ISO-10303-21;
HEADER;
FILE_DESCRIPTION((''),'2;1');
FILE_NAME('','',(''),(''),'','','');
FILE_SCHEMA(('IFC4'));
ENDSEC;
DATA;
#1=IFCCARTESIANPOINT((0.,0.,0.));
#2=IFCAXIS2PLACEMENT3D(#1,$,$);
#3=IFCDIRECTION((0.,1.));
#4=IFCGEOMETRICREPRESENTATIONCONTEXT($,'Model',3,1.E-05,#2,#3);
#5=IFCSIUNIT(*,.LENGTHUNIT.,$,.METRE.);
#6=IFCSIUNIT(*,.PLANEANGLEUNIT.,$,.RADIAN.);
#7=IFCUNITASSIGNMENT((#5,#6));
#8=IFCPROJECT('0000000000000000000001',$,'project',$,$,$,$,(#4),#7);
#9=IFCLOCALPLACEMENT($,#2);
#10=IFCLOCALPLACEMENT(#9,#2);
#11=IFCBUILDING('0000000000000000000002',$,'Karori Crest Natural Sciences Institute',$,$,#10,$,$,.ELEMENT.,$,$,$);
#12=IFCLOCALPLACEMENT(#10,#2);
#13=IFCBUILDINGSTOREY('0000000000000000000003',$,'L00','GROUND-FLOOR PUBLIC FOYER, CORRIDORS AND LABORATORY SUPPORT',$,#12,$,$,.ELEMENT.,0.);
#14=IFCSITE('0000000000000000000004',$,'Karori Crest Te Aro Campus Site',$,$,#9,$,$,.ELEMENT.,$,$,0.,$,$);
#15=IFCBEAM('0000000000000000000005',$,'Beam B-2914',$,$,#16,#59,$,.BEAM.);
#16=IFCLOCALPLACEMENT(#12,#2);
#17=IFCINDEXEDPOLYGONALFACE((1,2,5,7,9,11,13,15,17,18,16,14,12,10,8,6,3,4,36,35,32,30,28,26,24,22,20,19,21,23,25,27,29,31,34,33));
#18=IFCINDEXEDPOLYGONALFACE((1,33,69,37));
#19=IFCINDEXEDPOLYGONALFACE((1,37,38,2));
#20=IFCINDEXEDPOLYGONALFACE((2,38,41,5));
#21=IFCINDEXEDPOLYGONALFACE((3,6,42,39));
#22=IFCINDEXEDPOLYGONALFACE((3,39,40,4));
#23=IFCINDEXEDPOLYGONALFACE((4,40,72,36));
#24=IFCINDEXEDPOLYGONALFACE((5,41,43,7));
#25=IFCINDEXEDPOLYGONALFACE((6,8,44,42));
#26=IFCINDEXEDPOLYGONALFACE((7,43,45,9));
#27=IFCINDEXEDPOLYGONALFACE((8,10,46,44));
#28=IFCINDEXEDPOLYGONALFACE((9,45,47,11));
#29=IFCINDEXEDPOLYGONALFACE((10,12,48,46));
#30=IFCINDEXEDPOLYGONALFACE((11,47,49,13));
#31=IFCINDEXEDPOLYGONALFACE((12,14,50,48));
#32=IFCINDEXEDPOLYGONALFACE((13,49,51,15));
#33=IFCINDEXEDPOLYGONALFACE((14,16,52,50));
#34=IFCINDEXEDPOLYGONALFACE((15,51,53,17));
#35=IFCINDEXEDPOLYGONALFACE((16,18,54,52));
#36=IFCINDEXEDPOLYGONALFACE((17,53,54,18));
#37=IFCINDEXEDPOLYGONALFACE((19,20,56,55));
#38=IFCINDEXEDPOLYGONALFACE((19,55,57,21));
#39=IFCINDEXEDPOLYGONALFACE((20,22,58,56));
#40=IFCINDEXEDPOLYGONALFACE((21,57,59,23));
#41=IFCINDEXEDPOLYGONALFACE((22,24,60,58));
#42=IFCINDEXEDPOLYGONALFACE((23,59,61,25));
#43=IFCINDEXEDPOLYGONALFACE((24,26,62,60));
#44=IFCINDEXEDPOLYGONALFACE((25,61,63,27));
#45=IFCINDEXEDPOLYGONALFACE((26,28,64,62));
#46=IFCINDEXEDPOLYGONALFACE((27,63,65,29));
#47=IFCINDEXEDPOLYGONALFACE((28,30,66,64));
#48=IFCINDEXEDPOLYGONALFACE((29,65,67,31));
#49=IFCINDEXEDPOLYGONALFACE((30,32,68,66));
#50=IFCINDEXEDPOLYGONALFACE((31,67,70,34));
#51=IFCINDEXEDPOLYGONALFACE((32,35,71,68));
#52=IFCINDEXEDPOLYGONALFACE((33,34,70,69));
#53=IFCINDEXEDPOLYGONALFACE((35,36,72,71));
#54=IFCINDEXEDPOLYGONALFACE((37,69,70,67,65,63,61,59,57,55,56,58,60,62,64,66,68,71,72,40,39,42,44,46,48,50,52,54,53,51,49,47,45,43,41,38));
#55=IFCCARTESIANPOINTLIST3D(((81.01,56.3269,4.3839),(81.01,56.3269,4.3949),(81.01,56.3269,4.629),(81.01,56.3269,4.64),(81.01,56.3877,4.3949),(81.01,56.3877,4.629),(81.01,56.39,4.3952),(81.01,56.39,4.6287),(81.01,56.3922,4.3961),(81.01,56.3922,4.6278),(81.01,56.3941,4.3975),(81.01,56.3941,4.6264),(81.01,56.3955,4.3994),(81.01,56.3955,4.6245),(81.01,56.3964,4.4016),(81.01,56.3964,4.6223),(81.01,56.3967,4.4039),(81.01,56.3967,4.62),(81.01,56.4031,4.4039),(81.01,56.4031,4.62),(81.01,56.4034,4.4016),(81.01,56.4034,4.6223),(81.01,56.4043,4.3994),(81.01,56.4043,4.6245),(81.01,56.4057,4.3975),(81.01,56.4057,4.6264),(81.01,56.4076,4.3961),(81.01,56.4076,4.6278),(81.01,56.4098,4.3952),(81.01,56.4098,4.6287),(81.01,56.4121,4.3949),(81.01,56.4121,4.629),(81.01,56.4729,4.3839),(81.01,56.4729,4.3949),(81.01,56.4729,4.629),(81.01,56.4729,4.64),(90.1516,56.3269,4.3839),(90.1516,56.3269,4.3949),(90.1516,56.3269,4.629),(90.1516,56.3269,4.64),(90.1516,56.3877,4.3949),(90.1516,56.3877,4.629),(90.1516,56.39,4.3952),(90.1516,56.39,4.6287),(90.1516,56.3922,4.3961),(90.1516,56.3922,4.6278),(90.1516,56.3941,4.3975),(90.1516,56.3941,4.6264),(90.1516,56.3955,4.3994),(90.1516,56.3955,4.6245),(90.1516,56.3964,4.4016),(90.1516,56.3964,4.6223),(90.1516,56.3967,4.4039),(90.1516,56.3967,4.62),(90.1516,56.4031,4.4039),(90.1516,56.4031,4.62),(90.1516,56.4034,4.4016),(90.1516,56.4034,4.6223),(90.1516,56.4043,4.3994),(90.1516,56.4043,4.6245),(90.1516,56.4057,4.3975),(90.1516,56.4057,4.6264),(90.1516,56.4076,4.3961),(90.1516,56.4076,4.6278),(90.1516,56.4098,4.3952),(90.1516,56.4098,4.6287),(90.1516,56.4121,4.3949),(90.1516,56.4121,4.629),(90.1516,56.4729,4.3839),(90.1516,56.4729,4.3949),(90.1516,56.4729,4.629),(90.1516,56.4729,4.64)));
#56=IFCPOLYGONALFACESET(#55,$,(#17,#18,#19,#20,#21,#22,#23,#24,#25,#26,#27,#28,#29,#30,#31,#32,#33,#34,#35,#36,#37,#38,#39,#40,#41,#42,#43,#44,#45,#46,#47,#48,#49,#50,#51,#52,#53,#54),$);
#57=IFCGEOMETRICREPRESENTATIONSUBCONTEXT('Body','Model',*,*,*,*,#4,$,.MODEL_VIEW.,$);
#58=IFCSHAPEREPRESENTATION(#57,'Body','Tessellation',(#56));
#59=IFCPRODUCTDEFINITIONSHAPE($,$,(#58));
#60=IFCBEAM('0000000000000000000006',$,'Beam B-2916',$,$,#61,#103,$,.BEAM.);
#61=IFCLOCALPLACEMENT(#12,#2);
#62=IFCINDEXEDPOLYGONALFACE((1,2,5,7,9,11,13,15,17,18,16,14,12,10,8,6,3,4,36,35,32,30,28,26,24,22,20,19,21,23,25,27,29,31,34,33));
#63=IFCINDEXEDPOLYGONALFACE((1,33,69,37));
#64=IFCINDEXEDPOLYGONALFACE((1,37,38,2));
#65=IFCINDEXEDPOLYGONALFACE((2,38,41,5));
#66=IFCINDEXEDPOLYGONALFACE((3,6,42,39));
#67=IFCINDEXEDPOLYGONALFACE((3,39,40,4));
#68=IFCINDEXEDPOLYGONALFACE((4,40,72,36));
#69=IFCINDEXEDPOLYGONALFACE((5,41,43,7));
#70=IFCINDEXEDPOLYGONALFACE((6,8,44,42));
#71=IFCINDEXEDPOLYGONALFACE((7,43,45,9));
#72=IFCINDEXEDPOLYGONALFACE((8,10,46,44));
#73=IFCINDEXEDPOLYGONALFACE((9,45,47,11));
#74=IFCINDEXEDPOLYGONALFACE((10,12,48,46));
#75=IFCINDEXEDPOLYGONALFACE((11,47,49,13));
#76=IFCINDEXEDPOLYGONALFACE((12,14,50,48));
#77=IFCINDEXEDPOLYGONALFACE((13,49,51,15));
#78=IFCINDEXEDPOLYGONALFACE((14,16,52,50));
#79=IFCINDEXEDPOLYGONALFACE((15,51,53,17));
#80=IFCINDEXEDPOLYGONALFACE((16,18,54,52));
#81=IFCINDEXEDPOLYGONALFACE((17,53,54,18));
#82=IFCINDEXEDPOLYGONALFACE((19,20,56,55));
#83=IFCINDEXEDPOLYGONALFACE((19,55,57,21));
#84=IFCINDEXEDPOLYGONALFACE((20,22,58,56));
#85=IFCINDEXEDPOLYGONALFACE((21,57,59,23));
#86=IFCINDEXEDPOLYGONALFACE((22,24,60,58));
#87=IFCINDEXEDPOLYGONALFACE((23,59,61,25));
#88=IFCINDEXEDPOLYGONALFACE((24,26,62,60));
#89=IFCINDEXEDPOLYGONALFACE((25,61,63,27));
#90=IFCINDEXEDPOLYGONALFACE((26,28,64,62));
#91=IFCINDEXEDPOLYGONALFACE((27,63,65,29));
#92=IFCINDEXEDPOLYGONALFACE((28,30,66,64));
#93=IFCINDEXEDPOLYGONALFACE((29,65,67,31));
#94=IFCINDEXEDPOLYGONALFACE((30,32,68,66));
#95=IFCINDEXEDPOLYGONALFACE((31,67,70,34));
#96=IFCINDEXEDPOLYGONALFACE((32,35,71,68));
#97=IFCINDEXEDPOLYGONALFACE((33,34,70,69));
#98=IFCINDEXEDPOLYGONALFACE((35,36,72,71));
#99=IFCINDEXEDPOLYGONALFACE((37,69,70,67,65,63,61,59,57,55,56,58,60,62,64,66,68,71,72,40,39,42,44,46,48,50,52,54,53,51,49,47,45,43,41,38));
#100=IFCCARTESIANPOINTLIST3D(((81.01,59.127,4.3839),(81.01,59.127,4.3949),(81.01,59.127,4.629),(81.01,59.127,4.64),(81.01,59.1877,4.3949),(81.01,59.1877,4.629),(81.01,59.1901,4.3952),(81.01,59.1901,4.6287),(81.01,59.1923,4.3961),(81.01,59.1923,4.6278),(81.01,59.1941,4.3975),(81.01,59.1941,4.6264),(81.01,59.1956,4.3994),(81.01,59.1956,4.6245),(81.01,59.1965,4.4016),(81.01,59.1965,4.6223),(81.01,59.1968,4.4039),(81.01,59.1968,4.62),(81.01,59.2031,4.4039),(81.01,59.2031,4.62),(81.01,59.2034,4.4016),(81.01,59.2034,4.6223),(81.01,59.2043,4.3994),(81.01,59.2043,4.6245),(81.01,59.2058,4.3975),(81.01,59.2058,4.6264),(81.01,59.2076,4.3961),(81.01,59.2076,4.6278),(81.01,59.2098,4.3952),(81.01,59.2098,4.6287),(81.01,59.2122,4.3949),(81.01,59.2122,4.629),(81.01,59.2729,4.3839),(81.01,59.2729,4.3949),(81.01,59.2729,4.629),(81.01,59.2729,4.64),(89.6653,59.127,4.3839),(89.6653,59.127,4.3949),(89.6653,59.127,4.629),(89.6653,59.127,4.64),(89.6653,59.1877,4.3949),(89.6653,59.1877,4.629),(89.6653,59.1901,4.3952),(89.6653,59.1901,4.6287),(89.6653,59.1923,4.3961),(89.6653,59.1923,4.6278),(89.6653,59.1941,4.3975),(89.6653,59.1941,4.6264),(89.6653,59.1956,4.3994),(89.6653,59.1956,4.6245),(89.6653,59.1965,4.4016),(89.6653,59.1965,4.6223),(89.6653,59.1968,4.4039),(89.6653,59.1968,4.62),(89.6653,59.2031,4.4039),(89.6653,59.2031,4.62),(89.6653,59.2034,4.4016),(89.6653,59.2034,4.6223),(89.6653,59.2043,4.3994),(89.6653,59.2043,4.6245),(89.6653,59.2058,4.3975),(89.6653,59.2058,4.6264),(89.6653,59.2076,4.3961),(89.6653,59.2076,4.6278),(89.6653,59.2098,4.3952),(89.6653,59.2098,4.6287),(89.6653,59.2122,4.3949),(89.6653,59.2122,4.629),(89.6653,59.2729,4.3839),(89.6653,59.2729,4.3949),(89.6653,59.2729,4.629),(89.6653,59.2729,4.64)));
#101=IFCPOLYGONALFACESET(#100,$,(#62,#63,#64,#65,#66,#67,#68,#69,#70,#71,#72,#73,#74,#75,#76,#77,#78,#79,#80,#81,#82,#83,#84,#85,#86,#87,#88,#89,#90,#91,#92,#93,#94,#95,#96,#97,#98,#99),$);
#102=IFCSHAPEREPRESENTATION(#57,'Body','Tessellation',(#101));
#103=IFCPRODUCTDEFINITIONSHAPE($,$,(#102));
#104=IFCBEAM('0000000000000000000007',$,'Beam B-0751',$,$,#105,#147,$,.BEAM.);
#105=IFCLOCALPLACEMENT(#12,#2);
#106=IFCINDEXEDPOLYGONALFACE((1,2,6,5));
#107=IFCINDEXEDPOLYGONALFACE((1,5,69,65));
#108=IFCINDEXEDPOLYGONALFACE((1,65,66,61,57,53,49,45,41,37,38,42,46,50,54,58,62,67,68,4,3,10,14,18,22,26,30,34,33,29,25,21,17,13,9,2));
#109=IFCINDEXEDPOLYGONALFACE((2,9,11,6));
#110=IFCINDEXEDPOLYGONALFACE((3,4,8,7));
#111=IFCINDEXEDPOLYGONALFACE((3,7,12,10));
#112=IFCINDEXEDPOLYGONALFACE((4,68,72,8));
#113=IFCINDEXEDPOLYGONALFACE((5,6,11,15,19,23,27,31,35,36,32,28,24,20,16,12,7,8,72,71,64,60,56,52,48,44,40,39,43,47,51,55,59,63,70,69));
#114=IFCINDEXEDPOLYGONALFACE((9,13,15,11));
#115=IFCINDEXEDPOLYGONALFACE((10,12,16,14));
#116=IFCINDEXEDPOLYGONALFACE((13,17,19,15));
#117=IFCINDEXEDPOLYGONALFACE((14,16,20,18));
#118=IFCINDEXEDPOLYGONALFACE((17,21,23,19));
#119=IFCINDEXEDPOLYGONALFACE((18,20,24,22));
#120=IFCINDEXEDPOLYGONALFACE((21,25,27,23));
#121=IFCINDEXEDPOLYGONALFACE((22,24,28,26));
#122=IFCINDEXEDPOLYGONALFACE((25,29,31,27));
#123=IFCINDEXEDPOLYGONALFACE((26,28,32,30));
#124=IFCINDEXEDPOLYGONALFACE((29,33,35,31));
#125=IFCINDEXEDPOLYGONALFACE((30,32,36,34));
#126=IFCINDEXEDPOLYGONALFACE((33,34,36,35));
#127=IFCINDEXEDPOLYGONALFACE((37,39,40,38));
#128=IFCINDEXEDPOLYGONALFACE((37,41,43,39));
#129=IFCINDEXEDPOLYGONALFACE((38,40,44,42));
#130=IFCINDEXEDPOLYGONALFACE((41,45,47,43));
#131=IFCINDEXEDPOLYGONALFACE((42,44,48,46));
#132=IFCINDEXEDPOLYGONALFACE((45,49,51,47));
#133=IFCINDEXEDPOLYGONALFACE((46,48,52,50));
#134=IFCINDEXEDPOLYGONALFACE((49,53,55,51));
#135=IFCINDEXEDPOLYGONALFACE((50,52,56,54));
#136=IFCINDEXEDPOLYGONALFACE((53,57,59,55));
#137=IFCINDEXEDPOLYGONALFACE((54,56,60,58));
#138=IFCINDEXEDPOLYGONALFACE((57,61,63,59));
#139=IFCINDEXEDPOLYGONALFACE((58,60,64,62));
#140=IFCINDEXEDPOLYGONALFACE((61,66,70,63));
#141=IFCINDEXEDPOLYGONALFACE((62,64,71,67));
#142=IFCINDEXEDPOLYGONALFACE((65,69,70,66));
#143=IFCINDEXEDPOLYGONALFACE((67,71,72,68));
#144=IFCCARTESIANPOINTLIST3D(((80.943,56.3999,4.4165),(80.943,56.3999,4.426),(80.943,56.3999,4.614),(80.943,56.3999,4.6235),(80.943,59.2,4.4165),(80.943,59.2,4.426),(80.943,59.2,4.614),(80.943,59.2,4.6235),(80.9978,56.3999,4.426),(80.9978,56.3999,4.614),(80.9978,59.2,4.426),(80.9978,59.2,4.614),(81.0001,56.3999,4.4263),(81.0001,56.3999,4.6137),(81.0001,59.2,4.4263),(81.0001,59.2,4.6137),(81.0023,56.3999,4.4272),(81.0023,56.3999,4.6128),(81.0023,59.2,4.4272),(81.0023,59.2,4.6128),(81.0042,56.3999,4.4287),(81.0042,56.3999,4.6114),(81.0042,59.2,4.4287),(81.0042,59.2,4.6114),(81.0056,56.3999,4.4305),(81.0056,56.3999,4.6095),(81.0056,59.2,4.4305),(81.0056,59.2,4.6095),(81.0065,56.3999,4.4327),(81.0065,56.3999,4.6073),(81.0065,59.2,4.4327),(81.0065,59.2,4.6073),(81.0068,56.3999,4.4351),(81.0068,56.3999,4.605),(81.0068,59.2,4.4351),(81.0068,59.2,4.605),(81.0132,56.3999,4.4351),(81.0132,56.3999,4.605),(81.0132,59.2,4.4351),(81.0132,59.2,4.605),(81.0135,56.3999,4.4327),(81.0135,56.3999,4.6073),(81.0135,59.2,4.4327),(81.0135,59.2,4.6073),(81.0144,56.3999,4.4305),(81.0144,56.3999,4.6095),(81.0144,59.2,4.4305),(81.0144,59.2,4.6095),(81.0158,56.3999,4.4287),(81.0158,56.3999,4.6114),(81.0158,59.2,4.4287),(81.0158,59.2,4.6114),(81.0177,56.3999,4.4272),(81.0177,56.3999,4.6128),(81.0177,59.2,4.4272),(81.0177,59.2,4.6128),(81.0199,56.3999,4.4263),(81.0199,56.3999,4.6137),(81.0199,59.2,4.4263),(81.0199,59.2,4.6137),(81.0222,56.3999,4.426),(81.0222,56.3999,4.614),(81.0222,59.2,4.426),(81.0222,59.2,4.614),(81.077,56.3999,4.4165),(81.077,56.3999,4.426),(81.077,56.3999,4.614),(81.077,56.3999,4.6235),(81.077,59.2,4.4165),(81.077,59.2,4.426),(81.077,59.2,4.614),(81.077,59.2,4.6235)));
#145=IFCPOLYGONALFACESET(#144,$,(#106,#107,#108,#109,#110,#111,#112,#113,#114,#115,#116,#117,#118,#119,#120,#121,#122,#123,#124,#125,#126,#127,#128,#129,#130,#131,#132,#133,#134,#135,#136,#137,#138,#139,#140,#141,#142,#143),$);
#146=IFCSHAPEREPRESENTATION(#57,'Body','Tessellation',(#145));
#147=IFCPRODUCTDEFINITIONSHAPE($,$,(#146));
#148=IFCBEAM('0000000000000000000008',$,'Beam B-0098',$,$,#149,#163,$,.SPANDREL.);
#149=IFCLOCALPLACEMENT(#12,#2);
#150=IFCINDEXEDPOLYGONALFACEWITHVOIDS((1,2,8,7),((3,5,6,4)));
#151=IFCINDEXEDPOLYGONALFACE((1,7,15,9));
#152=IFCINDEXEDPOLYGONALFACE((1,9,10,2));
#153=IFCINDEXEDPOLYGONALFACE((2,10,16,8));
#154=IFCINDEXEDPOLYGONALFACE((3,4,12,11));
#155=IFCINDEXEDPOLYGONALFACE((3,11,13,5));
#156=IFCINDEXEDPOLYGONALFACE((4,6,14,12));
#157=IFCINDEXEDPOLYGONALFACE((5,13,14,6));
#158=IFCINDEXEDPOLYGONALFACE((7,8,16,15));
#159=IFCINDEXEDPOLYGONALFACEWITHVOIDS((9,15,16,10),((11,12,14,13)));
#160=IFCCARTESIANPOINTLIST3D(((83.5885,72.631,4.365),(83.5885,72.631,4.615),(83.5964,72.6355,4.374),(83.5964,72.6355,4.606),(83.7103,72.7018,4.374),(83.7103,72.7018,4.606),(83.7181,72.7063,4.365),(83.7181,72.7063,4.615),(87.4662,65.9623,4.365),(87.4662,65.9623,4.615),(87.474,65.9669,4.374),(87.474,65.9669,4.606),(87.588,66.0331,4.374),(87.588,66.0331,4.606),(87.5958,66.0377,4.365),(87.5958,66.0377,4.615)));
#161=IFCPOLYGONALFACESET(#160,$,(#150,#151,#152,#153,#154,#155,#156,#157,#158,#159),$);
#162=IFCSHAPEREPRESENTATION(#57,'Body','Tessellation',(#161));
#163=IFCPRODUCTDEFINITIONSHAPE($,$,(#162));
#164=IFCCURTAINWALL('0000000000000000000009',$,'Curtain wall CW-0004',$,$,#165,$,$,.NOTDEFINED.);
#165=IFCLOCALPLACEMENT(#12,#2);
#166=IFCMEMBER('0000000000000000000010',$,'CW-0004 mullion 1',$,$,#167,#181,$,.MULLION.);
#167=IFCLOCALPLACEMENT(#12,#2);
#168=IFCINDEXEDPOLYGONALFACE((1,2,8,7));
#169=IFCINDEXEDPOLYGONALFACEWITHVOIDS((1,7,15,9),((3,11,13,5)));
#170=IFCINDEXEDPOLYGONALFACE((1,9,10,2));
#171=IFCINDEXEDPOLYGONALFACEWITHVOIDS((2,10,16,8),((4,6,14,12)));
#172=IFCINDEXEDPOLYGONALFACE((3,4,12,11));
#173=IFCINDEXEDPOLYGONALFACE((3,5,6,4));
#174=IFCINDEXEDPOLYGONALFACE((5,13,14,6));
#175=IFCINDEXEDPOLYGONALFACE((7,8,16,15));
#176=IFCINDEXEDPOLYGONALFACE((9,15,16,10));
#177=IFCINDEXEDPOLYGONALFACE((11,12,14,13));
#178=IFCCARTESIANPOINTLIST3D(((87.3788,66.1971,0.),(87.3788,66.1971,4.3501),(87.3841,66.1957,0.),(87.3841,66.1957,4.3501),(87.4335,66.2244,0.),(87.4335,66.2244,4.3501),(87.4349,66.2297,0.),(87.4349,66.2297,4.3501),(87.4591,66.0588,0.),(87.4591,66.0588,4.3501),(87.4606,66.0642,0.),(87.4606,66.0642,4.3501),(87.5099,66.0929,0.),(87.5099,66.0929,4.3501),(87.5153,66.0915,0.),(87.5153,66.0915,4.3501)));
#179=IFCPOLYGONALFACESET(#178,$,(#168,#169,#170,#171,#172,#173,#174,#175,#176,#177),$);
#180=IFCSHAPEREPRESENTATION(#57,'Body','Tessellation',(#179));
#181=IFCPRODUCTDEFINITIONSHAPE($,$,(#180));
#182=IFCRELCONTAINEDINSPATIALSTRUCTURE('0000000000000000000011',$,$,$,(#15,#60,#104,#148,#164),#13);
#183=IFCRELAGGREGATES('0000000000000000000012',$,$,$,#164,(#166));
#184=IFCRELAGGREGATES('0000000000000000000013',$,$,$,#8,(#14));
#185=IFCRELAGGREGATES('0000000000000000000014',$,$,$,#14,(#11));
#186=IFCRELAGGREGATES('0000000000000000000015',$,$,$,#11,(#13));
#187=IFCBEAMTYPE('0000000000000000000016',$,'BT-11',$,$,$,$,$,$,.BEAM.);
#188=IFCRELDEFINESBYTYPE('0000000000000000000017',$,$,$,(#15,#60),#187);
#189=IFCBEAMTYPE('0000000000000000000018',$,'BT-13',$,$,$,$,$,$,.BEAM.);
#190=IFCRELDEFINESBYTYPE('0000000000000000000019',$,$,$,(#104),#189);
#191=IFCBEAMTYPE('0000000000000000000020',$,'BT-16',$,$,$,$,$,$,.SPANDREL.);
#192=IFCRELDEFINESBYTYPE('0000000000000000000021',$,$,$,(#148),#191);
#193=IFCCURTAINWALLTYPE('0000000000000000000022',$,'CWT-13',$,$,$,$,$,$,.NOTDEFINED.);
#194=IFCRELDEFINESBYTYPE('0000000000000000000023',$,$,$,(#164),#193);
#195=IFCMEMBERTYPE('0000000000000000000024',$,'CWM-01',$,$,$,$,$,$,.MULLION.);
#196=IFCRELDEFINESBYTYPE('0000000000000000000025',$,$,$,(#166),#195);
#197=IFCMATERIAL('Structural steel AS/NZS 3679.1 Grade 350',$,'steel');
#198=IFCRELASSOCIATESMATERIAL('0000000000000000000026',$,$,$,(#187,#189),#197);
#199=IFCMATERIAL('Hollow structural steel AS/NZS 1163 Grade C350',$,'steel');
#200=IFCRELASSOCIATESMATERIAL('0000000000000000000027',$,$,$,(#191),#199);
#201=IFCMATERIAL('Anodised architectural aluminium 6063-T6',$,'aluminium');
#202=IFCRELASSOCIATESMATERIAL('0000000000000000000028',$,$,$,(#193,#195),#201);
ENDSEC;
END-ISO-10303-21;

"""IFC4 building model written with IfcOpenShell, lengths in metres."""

from ifc_helpers import new_model, si_unit, direction, frame, origin, origin_2d, place, context, subcontext, project, spatial, hollow_rectangle, i_section, extrude, material, material_profile, profile_set, type_object, element, aggregate, save


model = new_model("IFC4")

# Units and contexts
model_context = context("Model", 3, precision=1e-05, world=origin(), true_north=direction((0.0, 1.0)))
body_context = subcontext(model_context, "Body", "Model", "MODEL_VIEW")
ifc_project = project(units=[si_unit("LENGTHUNIT", "METRE"), si_unit("PLANEANGLEUNIT", "RADIAN")], contexts=[model_context])

# Site, building, storey
site_placement = place(None, origin())
site = spatial("IfcSite", under=ifc_project, at=site_placement, Name="Karori Crest Te Aro Campus Site", CompositionType="ELEMENT", RefElevation=0.0)
building_placement = place(site_placement, origin())
building = spatial("IfcBuilding", under=site, at=building_placement, Name="Karori Crest Natural Sciences Institute", CompositionType="ELEMENT")
storey_placement = place(building_placement, origin())
storey = spatial("IfcBuildingStorey", under=building, at=storey_placement, Name="L00", Description="GROUND-FLOOR PUBLIC FOYER, CORRIDORS AND LABORATORY SUPPORT", CompositionType="ELEMENT", Elevation=0.0)

# Shared definitions
ifc_material_1 = material(Name="Hollow structural steel AS/NZS 1163 Grade C350", Category="steel")

# Beams
ifc_material_2 = material(Name="Structural steel AS/NZS 3679.1 Grade 350", Category="steel")
ifc_material_profile_1 = material_profile(ifc_material_2, i_section(OverallWidth=0.146, OverallDepth=0.2561, WebThickness=0.0063, FlangeThickness=0.011, FilletRadius=0.009, at=origin_2d()), Name="250UB37.3")
ifc_profile_set_1 = profile_set([ifc_material_profile_1], Name="Structural steel AS/NZS 3679.1 Grade 350")
beam_type_1 = type_object("IfcBeamType", Name="BT-11", PredefinedType="BEAM", material=ifc_profile_set_1)
beam_1_placement = place(storey_placement, frame((81.01, 56.3999, 4.512), z_axis=(1.0, 0.0, 0.0), x_axis=(0.0, 1.0, 0.0)))
element("IfcBeam", 1, at=beam_1_placement, inside=storey, type_object=beam_type_1, Name="Beam B-2914", PredefinedType="BEAM", context=body_context, shape_type="SweptSolid", body=[
    extrude(i_section(OverallWidth=0.146, OverallDepth=0.2561, WebThickness=0.0063, FlangeThickness=0.011, FilletRadius=0.009, at=origin_2d()), origin(), (0.0, 0.0, 1.0), 9.1416),
])
beam_2_placement = place(storey_placement, frame((81.01, 59.2, 4.512), z_axis=(1.0, 0.0, 0.0), x_axis=(0.0, 1.0, 0.0)))
element("IfcBeam", 2, at=beam_2_placement, inside=storey, type_object=beam_type_1, Name="Beam B-2916", PredefinedType="BEAM", context=body_context, shape_type="SweptSolid", body=[
    extrude(i_section(OverallWidth=0.146, OverallDepth=0.2561, WebThickness=0.0063, FlangeThickness=0.011, FilletRadius=0.009, at=origin_2d()), origin(), (0.0, 0.0, 1.0), 8.6553),
])
ifc_material_profile_2 = material_profile(ifc_material_2, i_section(OverallWidth=0.134, OverallDepth=0.207, WebThickness=0.0063, FlangeThickness=0.0095, FilletRadius=0.009, at=origin_2d()), Name="200UB29.8")
ifc_profile_set_2 = profile_set([ifc_material_profile_2], Name="Structural steel AS/NZS 3679.1 Grade 350")
beam_type_2 = type_object("IfcBeamType", Name="BT-13", PredefinedType="BEAM", material=ifc_profile_set_2)
beam_3_placement = place(storey_placement, frame((81.01, 56.3999, 4.52), z_axis=(0.0, 1.0, 0.0), x_axis=(-1.0, 0.0, 0.0)))
element("IfcBeam", 3, at=beam_3_placement, inside=storey, type_object=beam_type_2, Name="Beam B-0751", PredefinedType="BEAM", context=body_context, shape_type="SweptSolid", body=[
    extrude(i_section(OverallWidth=0.134, OverallDepth=0.207, WebThickness=0.0063, FlangeThickness=0.0095, FilletRadius=0.009, at=origin_2d()), origin(), (0.0, 0.0, 1.0), 2.8),
])
ifc_material_profile_3 = material_profile(ifc_material_1, hollow_rectangle(XDim=0.1499, YDim=0.25, WallThickness=0.009, at=origin_2d()), Name="RHS250x150x9")
ifc_profile_set_3 = profile_set([ifc_material_profile_3], Name="Hollow structural steel AS/NZS 1163 Grade C350")
beam_type_3 = type_object("IfcBeamType", Name="BT-16", PredefinedType="SPANDREL", material=ifc_profile_set_3)
beam_4_placement = place(storey_placement, frame((87.531, 66.0, 4.49), z_axis=(-0.502672, 0.864477, 0.0), x_axis=(-0.864477, -0.502672, 0.0)))
element("IfcBeam", 4, at=beam_4_placement, inside=storey, type_object=beam_type_3, Name="Beam B-0098", PredefinedType="SPANDREL", context=body_context, shape_type="SweptSolid", body=[
    extrude(hollow_rectangle(XDim=0.1499, YDim=0.25, WallThickness=0.009, at=origin_2d()), origin(), (0.0, 0.0, 1.0), 7.7141),
])

# Curtain wall, member
ifc_material_3 = material(Name="Anodised architectural aluminium 6063-T6", Category="aluminium")
curtain_wall_type = type_object("IfcCurtainWallType", Name="CWT-13", PredefinedType="NOTDEFINED", material=ifc_material_3)
curtain_wall_placement = place(storey_placement, origin())
curtain_wall = element("IfcCurtainWall", 5, at=curtain_wall_placement, inside=storey, type_object=curtain_wall_type, Name="Curtain wall CW-0004", PredefinedType="NOTDEFINED")
ifc_material_profile_4 = material_profile(ifc_material_3, hollow_rectangle(XDim=0.0649, YDim=0.1599, WallThickness=0.0039, at=origin_2d()), Name="CWM160x65x4")
ifc_profile_set_4 = profile_set([ifc_material_profile_4], Name="Anodised architectural aluminium 6063-T6")
member_type_1 = type_object("IfcMemberType", Name="CWM-01", PredefinedType="MULLION", material=ifc_profile_set_4)
member_1_placement = place(storey_placement, frame((87.447, 66.1443, 0.0), z_axis=(0.0, 0.0, 1.0), x_axis=(-0.864484, -0.50266, 0.0)))
member_1 = element("IfcMember", 6, at=member_1_placement, type_object=member_type_1, Name="CW-0004 mullion 1", PredefinedType="MULLION", context=body_context, shape_type="SweptSolid", body=[
    extrude(hollow_rectangle(XDim=0.0649, YDim=0.1599, WallThickness=0.0039, at=origin_2d()), origin(), (0.0, 0.0, 1.0), 4.3501),
])

aggregate(curtain_wall, [member_1])

save(model, "model.ifc")
